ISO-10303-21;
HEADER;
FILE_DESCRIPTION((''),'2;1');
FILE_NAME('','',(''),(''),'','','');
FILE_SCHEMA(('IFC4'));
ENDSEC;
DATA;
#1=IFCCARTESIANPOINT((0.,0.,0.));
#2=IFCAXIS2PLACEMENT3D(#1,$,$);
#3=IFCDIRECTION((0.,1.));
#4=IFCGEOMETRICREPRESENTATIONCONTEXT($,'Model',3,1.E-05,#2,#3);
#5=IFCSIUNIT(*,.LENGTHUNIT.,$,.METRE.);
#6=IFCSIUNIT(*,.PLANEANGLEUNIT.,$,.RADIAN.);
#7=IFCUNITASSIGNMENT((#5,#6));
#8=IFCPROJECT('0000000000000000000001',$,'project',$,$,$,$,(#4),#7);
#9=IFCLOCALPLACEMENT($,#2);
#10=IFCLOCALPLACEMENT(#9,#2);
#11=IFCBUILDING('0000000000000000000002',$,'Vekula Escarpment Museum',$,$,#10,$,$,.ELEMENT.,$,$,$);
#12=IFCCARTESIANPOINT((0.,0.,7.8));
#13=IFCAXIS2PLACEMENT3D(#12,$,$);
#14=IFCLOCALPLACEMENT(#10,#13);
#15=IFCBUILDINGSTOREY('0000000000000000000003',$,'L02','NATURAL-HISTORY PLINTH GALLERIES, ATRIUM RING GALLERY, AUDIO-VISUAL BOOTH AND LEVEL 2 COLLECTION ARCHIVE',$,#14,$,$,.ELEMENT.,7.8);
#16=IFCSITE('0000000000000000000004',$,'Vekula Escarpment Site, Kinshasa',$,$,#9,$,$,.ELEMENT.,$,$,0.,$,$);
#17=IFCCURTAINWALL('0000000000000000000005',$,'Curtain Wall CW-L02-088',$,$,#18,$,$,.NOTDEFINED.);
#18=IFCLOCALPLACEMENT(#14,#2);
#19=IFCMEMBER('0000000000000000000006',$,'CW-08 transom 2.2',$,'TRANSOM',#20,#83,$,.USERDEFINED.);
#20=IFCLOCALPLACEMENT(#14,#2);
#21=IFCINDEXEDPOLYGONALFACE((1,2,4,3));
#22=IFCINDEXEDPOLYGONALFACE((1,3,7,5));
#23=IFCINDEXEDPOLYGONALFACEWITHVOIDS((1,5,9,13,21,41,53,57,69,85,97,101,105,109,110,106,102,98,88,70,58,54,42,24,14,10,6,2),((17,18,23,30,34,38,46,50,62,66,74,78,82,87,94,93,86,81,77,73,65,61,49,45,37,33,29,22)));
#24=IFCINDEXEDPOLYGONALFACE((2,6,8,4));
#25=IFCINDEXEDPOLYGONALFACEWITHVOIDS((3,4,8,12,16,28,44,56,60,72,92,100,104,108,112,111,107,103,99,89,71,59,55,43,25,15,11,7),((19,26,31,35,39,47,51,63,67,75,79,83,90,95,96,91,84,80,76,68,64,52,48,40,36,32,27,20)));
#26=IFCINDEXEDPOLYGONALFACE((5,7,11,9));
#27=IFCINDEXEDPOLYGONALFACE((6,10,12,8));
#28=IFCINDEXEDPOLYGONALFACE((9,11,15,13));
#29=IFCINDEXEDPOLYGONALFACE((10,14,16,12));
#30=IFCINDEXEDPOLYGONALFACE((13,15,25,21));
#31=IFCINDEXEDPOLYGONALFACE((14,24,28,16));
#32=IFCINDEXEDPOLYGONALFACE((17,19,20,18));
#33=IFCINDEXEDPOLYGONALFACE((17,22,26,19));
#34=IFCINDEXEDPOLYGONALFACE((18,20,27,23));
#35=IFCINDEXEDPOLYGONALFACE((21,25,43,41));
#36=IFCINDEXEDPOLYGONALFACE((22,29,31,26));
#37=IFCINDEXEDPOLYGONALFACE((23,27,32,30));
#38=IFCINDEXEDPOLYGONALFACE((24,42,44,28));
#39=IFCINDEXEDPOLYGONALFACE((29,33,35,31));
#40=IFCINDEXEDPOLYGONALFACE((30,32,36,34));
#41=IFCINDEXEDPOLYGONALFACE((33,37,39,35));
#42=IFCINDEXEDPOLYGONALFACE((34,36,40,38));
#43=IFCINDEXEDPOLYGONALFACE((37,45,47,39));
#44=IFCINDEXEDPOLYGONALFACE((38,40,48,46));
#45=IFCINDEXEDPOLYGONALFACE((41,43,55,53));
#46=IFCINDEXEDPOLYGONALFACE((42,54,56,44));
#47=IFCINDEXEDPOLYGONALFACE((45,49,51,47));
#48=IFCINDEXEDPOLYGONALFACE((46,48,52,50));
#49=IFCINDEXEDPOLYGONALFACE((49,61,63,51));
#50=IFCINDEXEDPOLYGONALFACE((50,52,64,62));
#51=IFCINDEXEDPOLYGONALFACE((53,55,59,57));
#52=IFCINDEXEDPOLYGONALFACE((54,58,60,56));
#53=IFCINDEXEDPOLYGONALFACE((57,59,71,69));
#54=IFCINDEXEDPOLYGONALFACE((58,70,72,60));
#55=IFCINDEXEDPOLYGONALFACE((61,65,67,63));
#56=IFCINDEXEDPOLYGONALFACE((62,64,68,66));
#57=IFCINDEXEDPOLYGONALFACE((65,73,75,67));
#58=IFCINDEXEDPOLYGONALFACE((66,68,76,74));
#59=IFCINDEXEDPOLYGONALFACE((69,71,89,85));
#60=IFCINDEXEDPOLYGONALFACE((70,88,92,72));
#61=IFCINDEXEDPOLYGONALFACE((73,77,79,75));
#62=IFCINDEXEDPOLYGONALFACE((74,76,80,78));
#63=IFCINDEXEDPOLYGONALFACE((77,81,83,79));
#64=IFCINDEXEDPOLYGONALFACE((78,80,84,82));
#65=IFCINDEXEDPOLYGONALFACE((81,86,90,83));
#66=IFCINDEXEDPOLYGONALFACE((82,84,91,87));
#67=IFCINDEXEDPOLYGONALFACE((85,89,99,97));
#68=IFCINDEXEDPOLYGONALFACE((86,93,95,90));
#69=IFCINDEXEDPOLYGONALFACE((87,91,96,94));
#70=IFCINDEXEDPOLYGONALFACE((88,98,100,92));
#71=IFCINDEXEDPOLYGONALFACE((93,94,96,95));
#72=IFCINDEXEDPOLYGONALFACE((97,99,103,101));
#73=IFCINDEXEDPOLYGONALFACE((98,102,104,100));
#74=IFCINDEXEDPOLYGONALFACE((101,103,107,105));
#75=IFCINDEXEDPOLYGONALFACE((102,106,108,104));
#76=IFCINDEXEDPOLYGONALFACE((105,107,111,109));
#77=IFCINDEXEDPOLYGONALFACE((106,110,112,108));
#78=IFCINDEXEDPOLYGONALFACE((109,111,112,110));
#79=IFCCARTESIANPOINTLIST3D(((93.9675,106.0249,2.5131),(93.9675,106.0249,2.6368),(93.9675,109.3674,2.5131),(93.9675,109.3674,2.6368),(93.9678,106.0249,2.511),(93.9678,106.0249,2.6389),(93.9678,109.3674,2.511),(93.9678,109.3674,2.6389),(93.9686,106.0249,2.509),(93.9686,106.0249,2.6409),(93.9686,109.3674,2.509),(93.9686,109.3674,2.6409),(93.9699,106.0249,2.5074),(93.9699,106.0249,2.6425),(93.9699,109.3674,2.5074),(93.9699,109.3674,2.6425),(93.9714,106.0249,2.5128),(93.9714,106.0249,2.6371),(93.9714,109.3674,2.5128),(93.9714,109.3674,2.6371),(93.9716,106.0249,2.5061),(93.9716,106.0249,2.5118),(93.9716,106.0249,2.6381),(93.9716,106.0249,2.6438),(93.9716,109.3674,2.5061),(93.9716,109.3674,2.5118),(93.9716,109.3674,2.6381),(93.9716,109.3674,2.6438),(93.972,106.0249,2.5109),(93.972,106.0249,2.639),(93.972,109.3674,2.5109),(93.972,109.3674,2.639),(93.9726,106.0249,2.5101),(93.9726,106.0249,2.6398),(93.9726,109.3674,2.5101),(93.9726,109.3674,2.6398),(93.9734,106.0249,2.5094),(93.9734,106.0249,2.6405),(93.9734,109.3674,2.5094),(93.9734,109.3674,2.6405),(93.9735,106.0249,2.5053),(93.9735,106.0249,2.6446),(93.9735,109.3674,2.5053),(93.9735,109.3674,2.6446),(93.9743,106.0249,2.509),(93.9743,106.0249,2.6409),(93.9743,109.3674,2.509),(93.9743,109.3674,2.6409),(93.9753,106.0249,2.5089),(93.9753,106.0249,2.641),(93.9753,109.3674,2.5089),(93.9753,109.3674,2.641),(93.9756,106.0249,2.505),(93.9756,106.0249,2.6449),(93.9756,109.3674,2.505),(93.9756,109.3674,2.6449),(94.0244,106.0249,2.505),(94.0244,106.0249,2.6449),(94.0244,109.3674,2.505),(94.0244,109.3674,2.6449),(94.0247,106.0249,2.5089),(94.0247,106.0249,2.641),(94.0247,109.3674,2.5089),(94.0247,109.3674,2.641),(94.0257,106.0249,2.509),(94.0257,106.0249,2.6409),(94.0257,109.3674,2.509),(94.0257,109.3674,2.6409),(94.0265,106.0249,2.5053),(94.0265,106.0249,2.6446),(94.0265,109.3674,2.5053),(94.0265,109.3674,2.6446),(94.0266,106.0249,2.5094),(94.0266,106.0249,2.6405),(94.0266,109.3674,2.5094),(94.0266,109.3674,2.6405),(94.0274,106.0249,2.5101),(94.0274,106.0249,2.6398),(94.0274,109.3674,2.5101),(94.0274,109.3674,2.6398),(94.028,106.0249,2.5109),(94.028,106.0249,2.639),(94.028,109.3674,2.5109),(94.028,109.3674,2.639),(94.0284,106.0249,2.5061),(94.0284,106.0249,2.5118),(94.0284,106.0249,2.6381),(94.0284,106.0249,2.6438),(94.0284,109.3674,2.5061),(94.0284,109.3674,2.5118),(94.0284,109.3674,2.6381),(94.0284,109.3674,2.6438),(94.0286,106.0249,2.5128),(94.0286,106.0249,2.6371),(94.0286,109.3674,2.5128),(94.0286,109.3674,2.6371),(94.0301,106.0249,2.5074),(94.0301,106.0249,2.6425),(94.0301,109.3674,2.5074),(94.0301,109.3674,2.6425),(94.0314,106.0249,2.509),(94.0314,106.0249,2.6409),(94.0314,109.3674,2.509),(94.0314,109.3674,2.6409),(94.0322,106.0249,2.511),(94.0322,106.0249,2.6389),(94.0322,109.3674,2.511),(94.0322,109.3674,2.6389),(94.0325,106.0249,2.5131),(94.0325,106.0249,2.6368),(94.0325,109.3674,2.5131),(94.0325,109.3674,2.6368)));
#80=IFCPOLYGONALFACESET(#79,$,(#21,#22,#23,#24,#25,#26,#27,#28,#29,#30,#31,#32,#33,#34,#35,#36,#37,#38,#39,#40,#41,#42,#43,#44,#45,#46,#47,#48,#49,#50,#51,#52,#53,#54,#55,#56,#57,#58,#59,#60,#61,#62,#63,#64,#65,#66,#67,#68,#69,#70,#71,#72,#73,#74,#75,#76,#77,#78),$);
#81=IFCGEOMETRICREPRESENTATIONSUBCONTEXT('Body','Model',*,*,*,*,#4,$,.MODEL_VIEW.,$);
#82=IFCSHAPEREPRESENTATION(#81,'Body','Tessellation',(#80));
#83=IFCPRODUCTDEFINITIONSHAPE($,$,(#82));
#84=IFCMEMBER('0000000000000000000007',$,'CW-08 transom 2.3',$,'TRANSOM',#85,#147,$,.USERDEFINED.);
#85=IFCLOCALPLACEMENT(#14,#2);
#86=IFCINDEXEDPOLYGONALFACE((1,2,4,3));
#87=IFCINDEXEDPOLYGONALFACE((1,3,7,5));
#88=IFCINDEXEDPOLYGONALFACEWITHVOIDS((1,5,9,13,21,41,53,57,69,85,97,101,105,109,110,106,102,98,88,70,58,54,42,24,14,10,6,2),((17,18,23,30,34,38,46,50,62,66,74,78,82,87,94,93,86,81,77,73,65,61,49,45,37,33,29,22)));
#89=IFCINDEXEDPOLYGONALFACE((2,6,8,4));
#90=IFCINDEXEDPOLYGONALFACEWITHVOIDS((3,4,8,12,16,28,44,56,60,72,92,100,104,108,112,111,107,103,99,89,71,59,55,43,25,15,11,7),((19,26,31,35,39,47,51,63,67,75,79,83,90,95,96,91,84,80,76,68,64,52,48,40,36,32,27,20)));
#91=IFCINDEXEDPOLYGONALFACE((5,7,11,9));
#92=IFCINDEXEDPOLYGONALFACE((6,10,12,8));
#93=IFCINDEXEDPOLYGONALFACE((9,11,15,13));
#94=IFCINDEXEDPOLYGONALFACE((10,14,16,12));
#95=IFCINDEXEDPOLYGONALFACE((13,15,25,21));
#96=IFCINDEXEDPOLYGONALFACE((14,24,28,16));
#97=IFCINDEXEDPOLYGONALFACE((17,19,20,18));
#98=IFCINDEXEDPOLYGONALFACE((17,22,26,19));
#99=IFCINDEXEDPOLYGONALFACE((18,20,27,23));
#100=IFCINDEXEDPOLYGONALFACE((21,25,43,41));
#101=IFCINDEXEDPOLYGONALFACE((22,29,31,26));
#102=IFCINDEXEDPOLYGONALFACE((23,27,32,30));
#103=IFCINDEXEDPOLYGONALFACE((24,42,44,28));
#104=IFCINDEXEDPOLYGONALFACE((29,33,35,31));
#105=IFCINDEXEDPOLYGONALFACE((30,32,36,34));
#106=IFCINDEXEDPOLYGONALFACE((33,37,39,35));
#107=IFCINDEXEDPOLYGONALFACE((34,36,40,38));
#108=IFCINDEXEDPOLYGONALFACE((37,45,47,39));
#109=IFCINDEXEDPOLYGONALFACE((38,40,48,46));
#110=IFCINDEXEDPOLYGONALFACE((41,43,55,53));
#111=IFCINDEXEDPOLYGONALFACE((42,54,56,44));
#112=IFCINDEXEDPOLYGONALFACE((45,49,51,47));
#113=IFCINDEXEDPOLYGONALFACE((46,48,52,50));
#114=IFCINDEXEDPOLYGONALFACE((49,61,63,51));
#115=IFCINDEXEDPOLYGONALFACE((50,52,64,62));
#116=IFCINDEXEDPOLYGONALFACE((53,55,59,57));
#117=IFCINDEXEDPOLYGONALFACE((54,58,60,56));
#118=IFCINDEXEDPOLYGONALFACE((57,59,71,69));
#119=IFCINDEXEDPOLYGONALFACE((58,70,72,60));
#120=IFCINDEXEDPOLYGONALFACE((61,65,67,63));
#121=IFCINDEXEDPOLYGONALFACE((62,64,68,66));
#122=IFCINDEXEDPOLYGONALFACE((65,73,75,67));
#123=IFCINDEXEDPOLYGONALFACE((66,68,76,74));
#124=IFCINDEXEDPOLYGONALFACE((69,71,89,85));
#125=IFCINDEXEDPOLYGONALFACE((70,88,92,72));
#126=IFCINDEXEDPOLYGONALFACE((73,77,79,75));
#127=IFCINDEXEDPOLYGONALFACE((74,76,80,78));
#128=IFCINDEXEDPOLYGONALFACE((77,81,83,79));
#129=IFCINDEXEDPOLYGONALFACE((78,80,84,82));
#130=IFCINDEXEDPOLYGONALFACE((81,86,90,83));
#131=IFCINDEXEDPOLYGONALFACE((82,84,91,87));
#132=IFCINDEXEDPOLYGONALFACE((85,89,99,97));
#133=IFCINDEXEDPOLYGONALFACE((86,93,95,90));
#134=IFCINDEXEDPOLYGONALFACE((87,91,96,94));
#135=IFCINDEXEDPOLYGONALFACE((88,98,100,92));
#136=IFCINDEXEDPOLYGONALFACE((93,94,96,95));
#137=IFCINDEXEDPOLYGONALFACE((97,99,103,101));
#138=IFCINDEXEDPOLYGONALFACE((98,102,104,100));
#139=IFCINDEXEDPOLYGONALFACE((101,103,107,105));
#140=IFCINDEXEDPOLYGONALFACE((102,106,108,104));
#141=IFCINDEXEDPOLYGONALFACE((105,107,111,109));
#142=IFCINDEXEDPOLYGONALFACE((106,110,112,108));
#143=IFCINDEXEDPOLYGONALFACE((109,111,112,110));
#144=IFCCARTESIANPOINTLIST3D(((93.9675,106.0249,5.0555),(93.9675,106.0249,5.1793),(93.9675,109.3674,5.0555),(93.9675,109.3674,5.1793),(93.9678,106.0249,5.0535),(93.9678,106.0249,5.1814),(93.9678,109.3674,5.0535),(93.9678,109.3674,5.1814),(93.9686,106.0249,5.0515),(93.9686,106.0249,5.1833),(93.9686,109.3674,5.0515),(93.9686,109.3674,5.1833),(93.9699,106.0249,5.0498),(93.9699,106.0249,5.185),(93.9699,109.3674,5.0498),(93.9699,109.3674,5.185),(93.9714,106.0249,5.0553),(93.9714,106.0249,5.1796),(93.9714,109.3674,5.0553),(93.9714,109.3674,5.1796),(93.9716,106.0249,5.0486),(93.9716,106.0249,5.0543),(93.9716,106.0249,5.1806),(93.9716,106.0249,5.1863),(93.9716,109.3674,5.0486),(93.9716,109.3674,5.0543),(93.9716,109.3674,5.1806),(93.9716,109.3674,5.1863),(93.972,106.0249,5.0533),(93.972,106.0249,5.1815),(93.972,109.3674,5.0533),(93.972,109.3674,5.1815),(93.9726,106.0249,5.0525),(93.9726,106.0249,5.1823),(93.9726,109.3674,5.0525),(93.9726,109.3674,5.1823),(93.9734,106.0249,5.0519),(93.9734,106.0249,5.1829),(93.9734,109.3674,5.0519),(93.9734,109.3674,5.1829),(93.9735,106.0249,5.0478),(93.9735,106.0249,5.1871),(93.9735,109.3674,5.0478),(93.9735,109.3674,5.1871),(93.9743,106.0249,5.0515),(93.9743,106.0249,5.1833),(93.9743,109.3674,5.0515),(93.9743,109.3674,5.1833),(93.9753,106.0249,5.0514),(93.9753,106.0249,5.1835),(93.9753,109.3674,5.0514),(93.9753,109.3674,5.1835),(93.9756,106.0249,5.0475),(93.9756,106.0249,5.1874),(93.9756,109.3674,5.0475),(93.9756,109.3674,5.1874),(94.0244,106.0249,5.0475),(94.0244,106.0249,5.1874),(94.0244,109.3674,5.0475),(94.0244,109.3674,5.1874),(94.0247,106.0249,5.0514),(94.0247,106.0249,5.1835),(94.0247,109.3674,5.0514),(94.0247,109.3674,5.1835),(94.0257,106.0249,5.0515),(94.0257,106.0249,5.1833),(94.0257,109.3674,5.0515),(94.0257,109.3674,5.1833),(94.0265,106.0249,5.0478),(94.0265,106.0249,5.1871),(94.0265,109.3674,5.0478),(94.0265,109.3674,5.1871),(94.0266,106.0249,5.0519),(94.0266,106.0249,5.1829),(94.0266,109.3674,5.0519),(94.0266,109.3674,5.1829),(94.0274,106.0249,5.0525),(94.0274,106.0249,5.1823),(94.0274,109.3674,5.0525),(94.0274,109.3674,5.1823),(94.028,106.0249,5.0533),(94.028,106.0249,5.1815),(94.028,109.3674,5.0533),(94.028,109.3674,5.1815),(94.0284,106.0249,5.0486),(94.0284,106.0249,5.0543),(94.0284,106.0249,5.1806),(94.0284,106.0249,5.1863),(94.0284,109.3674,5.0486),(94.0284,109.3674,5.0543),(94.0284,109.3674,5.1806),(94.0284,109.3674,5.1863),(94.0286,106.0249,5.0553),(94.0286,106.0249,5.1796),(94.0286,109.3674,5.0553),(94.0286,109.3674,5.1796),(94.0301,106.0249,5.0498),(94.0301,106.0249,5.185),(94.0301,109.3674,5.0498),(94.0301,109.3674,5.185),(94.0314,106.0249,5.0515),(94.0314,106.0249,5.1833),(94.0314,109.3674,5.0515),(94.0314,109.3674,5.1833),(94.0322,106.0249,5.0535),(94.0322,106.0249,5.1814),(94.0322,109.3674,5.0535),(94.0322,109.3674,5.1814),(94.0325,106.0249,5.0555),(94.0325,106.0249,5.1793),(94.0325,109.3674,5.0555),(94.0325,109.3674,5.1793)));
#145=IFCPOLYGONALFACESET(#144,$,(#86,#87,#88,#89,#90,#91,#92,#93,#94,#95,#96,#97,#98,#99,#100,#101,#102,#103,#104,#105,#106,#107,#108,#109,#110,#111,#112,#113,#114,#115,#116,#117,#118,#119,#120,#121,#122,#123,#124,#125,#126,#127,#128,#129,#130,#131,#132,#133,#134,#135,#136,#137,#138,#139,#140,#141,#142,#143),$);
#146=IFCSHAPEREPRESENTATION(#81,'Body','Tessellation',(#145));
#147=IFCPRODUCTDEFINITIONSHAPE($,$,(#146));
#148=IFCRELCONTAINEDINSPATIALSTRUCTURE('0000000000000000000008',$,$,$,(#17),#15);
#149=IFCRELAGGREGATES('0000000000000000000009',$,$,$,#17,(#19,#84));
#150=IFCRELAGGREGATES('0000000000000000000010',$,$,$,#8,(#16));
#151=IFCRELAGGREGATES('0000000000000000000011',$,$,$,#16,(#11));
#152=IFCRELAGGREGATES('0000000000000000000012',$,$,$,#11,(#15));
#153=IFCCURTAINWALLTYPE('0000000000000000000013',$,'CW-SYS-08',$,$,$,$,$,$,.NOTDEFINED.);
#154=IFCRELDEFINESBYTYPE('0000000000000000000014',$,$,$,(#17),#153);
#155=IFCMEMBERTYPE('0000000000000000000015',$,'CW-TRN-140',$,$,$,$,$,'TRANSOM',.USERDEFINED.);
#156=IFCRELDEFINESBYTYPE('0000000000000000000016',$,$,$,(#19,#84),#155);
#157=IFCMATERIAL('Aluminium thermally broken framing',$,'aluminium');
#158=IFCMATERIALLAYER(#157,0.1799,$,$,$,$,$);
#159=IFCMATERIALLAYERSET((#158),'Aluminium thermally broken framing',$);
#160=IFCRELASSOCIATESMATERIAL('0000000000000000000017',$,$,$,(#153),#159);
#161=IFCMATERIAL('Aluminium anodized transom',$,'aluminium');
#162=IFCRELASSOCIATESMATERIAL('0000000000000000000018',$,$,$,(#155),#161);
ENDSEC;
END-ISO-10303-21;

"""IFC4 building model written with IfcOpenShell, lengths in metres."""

from ifc_helpers import new_model, si_unit, direction, frame, origin, origin_2d, place, context, subcontext, project, spatial, hollow_rectangle, extrude, material, layer, layer_set, material_profile, profile_set, type_object, element, aggregate, save


model = new_model("IFC4")

# Units and contexts
model_context = context("Model", 3, precision=1e-05, world=origin(), true_north=direction((0.0, 1.0)))
body_context = subcontext(model_context, "Body", "Model", "MODEL_VIEW")
ifc_project = project(units=[si_unit("LENGTHUNIT", "METRE"), si_unit("PLANEANGLEUNIT", "RADIAN")], contexts=[model_context])

# Site, building, storey
site_placement = place(None, origin())
site = spatial("IfcSite", under=ifc_project, at=site_placement, Name="Vekula Escarpment Site, Kinshasa", CompositionType="ELEMENT", RefElevation=0.0)
building_placement = place(site_placement, origin())
building = spatial("IfcBuilding", under=site, at=building_placement, Name="Vekula Escarpment Museum", CompositionType="ELEMENT")
storey_placement = place(building_placement, frame((0.0, 0.0, 7.8)))
storey = spatial("IfcBuildingStorey", under=building, at=storey_placement, Name="L02", Description="NATURAL-HISTORY PLINTH GALLERIES, ATRIUM RING GALLERY, AUDIO-VISUAL BOOTH AND LEVEL 2 COLLECTION ARCHIVE", CompositionType="ELEMENT", Elevation=7.8)

# Curtain wall
ifc_material_1 = material(Name="Aluminium thermally broken framing", Category="aluminium")
ifc_layer_1 = layer(ifc_material_1, 0.1799)
ifc_layer_set_1 = layer_set([ifc_layer_1], Name="Aluminium thermally broken framing")
curtain_wall_type_1 = type_object("IfcCurtainWallType", Name="CW-SYS-08", PredefinedType="NOTDEFINED", material=ifc_layer_set_1)
curtain_wall_1_placement = place(storey_placement, origin())
curtain_wall_1 = element("IfcCurtainWall", 1, at=curtain_wall_1_placement, inside=storey, type_object=curtain_wall_type_1, Name="Curtain Wall CW-L02-088", PredefinedType="NOTDEFINED")

# Members
ifc_material_2 = material(Name="Aluminium anodized transom", Category="aluminium")
ifc_material_profile_1 = material_profile(ifc_material_2, hollow_rectangle(XDim=0.0649, YDim=0.1399, WallThickness=0.0039, InnerFilletRadius=0.0039, OuterFilletRadius=0.0081, at=origin_2d()), Name="ALU 140x65x4")
ifc_profile_set_1 = profile_set([ifc_material_profile_1], Name="Aluminium anodized transom")
member_type_1 = type_object("IfcMemberType", Name="CW-TRN-140", ElementType="TRANSOM", PredefinedType="USERDEFINED", material=ifc_profile_set_1)
member_1_placement = place(storey_placement, frame((94.0, 109.3674, 2.575), z_axis=(0.0, -1.0, 0.0), x_axis=(1.0, 0.0, 0.0)))
member_1 = element("IfcMember", 2, at=member_1_placement, type_object=member_type_1, Name="CW-08 transom 2.2", ObjectType="TRANSOM", PredefinedType="USERDEFINED", context=body_context, shape_type="SweptSolid", body=[
    extrude(hollow_rectangle(XDim=0.0649, YDim=0.1399, WallThickness=0.0039, InnerFilletRadius=0.0039, OuterFilletRadius=0.0081, at=origin_2d()), origin(), (0.0, 0.0, 1.0), 3.3425),
])
member_2_placement = place(storey_placement, frame((94.0, 109.3674, 5.1174), z_axis=(0.0, -1.0, 0.0), x_axis=(1.0, 0.0, 0.0)))
member_2 = element("IfcMember", 3, at=member_2_placement, type_object=member_type_1, Name="CW-08 transom 2.3", ObjectType="TRANSOM", PredefinedType="USERDEFINED", context=body_context, shape_type="SweptSolid", body=[
    extrude(hollow_rectangle(XDim=0.0649, YDim=0.1399, WallThickness=0.0039, InnerFilletRadius=0.0039, OuterFilletRadius=0.0081, at=origin_2d()), origin(), (0.0, 0.0, 1.0), 3.3425),
])

aggregate(curtain_wall_1, [member_1, member_2])

save(model, "model.ifc")
